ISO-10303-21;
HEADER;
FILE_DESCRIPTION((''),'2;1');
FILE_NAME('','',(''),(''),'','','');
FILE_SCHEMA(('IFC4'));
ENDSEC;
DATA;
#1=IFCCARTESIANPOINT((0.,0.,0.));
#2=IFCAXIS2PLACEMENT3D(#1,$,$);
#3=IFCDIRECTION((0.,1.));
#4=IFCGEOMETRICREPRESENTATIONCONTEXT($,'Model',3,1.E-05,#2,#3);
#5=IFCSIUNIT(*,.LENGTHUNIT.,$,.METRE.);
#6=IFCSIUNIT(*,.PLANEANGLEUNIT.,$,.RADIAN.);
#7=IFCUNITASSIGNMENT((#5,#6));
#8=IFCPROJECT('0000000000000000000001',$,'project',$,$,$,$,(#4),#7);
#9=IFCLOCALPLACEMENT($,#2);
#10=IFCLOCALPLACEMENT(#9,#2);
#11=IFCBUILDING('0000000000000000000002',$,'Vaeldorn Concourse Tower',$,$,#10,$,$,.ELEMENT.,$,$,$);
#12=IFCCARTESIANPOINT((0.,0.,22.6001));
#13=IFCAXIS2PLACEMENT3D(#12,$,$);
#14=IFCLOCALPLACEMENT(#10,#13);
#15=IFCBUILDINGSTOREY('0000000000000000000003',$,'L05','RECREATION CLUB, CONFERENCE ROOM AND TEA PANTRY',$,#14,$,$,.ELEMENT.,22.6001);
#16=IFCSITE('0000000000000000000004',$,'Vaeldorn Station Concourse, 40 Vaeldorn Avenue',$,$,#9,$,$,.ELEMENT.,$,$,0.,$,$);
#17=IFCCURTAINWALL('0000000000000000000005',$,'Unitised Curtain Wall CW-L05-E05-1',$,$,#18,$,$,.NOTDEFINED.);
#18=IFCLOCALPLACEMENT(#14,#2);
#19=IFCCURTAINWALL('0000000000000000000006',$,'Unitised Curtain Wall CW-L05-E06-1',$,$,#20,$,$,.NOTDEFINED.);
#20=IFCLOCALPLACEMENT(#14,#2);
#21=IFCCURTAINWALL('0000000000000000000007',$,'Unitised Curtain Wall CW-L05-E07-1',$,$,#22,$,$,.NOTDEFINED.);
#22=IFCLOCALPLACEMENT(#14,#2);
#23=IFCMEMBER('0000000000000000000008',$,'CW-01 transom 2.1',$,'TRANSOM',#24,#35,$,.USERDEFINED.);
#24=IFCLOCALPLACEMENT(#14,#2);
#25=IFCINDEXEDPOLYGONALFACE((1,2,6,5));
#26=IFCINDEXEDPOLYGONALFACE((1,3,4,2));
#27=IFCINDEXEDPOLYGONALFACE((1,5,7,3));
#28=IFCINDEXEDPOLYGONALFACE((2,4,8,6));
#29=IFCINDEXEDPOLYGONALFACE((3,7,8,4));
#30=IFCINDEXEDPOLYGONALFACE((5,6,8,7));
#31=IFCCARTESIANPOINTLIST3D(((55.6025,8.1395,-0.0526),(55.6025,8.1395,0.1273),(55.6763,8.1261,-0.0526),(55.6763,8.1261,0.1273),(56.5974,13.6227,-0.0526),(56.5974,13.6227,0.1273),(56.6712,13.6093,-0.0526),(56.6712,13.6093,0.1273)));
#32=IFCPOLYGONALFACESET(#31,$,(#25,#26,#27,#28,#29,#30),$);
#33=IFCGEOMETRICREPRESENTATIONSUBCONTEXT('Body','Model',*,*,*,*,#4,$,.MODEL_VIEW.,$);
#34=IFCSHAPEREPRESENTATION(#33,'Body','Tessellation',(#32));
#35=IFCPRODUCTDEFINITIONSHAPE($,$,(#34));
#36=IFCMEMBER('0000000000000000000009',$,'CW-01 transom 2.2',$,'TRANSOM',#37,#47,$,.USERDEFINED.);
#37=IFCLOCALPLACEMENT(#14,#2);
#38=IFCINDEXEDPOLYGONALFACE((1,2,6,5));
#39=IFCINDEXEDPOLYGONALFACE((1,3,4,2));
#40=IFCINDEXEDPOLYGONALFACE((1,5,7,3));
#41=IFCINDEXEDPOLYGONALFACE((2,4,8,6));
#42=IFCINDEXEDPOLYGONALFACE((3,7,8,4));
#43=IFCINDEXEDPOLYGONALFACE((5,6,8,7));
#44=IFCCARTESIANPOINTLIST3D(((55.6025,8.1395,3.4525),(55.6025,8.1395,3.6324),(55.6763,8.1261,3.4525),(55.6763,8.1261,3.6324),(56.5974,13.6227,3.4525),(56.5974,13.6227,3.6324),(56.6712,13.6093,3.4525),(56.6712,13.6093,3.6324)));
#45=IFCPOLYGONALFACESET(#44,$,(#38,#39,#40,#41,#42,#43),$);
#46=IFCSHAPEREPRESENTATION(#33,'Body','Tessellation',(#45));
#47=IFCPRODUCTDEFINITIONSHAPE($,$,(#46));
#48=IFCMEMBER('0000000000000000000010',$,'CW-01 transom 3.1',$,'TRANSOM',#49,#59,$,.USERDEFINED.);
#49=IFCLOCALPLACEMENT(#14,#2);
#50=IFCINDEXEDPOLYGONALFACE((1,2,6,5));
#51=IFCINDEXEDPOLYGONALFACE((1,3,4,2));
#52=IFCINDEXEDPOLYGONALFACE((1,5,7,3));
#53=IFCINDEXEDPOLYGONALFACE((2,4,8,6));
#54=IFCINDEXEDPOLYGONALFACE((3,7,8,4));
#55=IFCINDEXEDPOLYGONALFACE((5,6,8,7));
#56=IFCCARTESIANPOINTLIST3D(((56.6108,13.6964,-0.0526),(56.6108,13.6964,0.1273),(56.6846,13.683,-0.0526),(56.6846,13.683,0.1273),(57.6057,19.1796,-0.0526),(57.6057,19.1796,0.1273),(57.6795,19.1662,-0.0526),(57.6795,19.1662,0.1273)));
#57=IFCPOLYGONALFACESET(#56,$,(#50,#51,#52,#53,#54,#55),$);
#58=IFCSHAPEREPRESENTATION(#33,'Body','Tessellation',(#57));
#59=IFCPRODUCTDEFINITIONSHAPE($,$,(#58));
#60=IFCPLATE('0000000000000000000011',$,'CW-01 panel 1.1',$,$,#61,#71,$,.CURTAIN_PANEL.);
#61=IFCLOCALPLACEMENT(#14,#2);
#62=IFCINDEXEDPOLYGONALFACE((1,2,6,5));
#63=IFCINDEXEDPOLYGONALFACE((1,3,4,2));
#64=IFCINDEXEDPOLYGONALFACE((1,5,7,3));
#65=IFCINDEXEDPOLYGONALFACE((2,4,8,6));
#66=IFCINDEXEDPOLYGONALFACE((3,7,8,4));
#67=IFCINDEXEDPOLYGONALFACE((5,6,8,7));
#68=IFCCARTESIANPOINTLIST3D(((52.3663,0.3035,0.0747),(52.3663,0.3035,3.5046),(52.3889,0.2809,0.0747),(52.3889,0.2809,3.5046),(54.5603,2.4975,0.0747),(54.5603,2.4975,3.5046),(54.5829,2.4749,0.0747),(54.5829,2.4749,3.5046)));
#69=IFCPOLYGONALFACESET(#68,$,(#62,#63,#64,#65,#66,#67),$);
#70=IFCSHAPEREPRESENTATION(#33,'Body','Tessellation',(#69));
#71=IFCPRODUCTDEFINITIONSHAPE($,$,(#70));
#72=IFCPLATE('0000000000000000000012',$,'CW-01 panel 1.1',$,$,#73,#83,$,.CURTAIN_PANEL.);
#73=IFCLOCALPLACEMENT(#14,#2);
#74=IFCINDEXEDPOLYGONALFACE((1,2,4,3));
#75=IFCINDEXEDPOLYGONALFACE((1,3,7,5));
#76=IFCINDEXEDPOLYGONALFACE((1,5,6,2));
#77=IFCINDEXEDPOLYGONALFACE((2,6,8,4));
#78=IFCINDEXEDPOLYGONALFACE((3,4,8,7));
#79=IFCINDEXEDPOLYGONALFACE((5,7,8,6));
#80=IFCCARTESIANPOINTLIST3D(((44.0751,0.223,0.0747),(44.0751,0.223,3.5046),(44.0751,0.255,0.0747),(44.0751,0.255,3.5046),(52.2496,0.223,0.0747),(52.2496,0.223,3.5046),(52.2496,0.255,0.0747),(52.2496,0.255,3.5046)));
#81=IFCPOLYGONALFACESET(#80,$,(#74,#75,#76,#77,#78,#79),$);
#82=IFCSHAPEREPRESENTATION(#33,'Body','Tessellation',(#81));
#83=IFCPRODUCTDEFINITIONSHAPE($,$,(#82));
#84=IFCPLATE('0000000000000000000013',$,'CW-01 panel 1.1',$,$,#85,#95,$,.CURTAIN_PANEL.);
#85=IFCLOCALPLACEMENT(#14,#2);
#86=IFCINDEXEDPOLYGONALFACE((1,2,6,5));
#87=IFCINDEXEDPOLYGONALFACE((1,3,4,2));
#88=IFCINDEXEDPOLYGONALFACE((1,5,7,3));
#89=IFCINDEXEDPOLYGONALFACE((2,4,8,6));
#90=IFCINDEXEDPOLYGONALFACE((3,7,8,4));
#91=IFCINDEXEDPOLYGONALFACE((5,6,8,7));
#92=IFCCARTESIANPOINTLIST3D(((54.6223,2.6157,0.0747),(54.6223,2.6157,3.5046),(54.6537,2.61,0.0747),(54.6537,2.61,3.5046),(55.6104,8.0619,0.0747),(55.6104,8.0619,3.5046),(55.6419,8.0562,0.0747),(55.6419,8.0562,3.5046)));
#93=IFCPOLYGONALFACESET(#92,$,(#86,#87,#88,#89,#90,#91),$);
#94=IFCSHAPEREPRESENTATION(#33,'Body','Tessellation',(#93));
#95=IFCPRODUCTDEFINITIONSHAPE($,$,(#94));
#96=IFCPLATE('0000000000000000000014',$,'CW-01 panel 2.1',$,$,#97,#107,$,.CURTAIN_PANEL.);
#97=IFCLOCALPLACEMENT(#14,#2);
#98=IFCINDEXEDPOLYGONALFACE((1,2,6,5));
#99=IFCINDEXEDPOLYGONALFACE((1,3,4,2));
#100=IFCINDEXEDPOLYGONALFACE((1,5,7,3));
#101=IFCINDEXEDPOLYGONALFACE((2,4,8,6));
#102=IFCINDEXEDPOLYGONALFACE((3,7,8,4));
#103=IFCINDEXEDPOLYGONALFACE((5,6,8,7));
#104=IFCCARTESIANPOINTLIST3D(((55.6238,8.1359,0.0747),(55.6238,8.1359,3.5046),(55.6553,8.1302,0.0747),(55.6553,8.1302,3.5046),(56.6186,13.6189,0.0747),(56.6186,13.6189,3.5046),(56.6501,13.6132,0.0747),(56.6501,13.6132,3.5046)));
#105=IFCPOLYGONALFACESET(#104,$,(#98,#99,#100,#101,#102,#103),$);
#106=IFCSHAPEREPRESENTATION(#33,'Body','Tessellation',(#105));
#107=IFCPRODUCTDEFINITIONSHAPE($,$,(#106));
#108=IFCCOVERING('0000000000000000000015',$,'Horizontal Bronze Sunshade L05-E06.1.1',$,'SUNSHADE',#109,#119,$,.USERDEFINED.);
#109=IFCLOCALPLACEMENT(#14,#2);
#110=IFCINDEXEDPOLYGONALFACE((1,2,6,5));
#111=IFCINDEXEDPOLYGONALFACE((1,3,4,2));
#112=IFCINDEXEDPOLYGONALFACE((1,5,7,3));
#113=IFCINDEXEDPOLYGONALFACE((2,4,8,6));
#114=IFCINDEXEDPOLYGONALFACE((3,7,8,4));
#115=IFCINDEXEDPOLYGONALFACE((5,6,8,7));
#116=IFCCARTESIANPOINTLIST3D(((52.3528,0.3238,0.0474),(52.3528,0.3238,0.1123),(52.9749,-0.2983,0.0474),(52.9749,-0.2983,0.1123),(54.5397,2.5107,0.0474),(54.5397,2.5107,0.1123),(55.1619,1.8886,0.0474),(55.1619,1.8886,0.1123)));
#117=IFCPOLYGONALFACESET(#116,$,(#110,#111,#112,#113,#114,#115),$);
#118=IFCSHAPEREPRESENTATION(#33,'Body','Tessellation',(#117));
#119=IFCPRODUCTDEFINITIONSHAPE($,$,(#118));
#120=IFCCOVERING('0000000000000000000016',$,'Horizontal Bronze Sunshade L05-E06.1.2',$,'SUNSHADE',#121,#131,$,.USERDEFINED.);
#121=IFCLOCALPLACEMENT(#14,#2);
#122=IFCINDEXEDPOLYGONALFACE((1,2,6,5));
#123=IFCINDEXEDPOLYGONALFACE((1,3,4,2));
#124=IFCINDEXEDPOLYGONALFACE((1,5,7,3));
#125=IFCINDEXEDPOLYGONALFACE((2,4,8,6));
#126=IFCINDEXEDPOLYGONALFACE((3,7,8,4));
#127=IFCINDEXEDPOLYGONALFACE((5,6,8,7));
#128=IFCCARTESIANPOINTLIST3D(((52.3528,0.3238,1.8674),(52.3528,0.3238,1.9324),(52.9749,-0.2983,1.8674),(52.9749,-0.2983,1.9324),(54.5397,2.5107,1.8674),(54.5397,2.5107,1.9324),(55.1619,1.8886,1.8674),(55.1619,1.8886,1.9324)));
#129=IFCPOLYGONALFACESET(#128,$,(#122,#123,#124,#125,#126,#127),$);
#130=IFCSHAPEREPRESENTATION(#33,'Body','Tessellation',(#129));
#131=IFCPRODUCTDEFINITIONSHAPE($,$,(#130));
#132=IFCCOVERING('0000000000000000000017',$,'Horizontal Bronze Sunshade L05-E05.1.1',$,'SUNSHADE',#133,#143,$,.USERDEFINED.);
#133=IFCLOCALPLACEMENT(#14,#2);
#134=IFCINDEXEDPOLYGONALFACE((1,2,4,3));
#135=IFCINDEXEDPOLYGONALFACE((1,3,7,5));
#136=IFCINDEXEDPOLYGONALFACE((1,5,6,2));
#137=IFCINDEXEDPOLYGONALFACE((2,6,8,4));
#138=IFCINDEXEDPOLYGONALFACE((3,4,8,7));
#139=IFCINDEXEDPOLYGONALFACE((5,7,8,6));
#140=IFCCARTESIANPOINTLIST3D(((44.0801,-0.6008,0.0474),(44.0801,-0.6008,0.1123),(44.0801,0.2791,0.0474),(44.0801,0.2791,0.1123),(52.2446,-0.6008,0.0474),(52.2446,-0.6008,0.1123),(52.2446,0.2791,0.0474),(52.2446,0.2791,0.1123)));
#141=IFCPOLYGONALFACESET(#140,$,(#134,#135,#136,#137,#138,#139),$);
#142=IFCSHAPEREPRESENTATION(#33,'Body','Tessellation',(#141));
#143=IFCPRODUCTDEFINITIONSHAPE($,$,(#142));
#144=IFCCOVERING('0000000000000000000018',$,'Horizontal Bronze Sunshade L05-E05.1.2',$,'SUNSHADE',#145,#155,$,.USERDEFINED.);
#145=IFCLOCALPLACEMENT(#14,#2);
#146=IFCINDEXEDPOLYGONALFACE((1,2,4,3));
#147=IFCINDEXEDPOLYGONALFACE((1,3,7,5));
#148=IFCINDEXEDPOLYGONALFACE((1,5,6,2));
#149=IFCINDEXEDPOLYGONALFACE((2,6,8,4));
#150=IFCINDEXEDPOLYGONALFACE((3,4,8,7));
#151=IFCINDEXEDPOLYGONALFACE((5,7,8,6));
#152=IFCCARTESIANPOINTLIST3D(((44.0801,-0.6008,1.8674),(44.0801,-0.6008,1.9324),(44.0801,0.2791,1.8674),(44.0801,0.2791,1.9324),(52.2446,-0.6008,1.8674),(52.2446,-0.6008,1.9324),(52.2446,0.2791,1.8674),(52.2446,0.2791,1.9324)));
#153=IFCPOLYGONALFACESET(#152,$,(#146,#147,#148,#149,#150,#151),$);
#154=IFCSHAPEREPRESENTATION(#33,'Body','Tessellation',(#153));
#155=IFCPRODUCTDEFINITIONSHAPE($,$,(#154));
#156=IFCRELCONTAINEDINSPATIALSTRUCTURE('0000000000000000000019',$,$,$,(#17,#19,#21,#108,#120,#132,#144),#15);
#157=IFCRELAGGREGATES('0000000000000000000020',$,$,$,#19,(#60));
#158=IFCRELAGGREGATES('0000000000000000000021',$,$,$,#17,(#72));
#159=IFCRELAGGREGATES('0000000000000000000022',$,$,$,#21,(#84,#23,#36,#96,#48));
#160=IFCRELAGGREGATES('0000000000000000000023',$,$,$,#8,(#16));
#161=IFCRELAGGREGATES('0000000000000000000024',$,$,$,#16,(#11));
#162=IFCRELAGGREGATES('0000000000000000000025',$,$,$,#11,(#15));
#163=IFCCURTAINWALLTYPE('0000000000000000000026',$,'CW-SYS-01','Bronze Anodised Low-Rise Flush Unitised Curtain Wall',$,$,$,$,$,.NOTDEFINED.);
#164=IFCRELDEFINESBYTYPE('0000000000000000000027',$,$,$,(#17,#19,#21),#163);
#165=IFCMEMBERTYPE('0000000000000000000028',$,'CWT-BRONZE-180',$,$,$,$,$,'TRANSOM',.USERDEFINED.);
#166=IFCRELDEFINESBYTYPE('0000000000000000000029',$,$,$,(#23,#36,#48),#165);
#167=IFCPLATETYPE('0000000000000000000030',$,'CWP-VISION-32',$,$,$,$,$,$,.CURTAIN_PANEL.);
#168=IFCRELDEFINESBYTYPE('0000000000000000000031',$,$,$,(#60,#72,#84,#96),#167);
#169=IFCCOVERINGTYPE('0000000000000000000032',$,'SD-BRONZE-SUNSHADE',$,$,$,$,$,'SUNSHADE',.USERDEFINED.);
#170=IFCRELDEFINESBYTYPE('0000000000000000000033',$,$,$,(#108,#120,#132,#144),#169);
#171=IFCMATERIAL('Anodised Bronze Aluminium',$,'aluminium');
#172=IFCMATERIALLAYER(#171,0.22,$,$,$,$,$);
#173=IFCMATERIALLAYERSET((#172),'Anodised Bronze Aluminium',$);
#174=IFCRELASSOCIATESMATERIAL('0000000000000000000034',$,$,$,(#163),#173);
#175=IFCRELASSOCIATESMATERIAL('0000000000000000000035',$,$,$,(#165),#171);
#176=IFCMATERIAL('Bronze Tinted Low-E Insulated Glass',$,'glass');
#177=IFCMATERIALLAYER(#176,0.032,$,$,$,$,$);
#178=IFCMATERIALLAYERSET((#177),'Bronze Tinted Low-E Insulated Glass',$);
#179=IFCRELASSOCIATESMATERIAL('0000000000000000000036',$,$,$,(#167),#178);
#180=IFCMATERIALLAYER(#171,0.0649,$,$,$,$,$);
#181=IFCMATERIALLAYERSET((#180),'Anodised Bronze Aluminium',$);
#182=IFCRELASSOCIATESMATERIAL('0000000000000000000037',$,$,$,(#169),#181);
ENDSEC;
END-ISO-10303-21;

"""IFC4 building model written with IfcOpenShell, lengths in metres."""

from ifc_helpers import new_model, si_unit, direction, frame, origin, origin_2d, place, context, subcontext, project, spatial, rectangle, extrude, source, transform, mapped, material, layer, layer_set, material_profile, profile_set, type_object, element, aggregate, save


model = new_model("IFC4")

# Units and contexts
model_context = context("Model", 3, precision=1e-05, world=origin(), true_north=direction((0.0, 1.0)))
body_context = subcontext(model_context, "Body", "Model", "MODEL_VIEW")
ifc_project = project(units=[si_unit("LENGTHUNIT", "METRE"), si_unit("PLANEANGLEUNIT", "RADIAN")], contexts=[model_context])

# Site, building, storey
site_placement = place(None, origin())
site = spatial("IfcSite", under=ifc_project, at=site_placement, Name="Vaeldorn Station Concourse, 40 Vaeldorn Avenue", CompositionType="ELEMENT", RefElevation=0.0)
building_placement = place(site_placement, origin())
building = spatial("IfcBuilding", under=site, at=building_placement, Name="Vaeldorn Concourse Tower", CompositionType="ELEMENT")
storey_placement = place(building_placement, frame((0.0, 0.0, 22.6001)))
storey = spatial("IfcBuildingStorey", under=building, at=storey_placement, Name="L05", Description="RECREATION CLUB, CONFERENCE ROOM AND TEA PANTRY", CompositionType="ELEMENT", Elevation=22.6001)

# Curtain wall
ifc_material_1 = material(Name="Anodised Bronze Aluminium", Category="aluminium")
ifc_layer_1 = layer(ifc_material_1, 0.22)
ifc_layer_set_1 = layer_set([ifc_layer_1], Name="Anodised Bronze Aluminium")
curtain_wall_type = type_object("IfcCurtainWallType", Name="CW-SYS-01", Description="Bronze Anodised Low-Rise Flush Unitised Curtain Wall", PredefinedType="NOTDEFINED", material=ifc_layer_set_1)
curtain_wall_1_placement = place(storey_placement, origin())
curtain_wall_1 = element("IfcCurtainWall", 1, at=curtain_wall_1_placement, inside=storey, type_object=curtain_wall_type, Name="Unitised Curtain Wall CW-L05-E05-1", PredefinedType="NOTDEFINED")

# Curtain walls
curtain_wall_2_placement = place(storey_placement, origin())
curtain_wall_2 = element("IfcCurtainWall", 2, at=curtain_wall_2_placement, inside=storey, type_object=curtain_wall_type, Name="Unitised Curtain Wall CW-L05-E06-1", PredefinedType="NOTDEFINED")
curtain_wall_3_placement = place(storey_placement, origin())
curtain_wall_3 = element("IfcCurtainWall", 3, at=curtain_wall_3_placement, inside=storey, type_object=curtain_wall_type, Name="Unitised Curtain Wall CW-L05-E07-1", PredefinedType="NOTDEFINED")

# Members
ifc_material_profile_1 = material_profile(ifc_material_1, rectangle(XDim=0.075, YDim=0.1799, at=origin_2d()), Name="CWT 75x180")
ifc_profile_set_1 = profile_set([ifc_material_profile_1], Name="Anodised Bronze Aluminium")
member_type_1 = type_object("IfcMemberType", Name="CWT-BRONZE-180", ElementType="TRANSOM", PredefinedType="USERDEFINED", material=ifc_profile_set_1)
shared_shape_1 = source(origin(), body_context, "Body", "SweptSolid", [
    extrude(rectangle(XDim=0.075, YDim=0.1799, at=origin_2d()), origin(), (0.0, 0.0, 1.0), 5.5728),
])
member_1_placement = place(storey_placement, frame((55.6394, 8.1328, 0.0374), z_axis=(0.178527, 0.983935, 0.0), x_axis=(-0.983935, 0.178527, 0.0)))
member_1 = element("IfcMember", 4, at=member_1_placement, type_object=member_type_1, Name="CW-01 transom 2.1", ObjectType="TRANSOM", PredefinedType="USERDEFINED", context=body_context, shape_type="MappedRepresentation", body=[
    mapped(shared_shape_1, transform((0.0, 0.0, 0.0), scale=1.0)),
])
member_2_placement = place(storey_placement, frame((55.6394, 8.1328, 3.5425), z_axis=(0.178527, 0.983935, 0.0), x_axis=(-0.983935, 0.178527, 0.0)))
member_2 = element("IfcMember", 5, at=member_2_placement, type_object=member_type_1, Name="CW-01 transom 2.2", ObjectType="TRANSOM", PredefinedType="USERDEFINED", context=body_context, shape_type="MappedRepresentation", body=[
    mapped(shared_shape_1, transform((0.0, 0.0, 0.0), scale=1.0)),
])
member_3_placement = place(storey_placement, frame((56.6477, 13.6897, 0.0374), z_axis=(0.178527, 0.983935, 0.0), x_axis=(-0.983935, 0.178527, 0.0)))
member_3 = element("IfcMember", 6, at=member_3_placement, type_object=member_type_1, Name="CW-01 transom 3.1", ObjectType="TRANSOM", PredefinedType="USERDEFINED", context=body_context, shape_type="MappedRepresentation", body=[
    mapped(shared_shape_1, transform((0.0, 0.0, 0.0), scale=1.0)),
])

# Plates
ifc_material_2 = material(Name="Bronze Tinted Low-E Insulated Glass", Category="glass")
ifc_layer_2 = layer(ifc_material_2, 0.032)
ifc_layer_set_2 = layer_set([ifc_layer_2], Name="Bronze Tinted Low-E Insulated Glass")
plate_type = type_object("IfcPlateType", Name="CWP-VISION-32", PredefinedType="CURTAIN_PANEL", material=ifc_layer_set_2)
shared_shape_2 = source(origin(), body_context, "Body", "SweptSolid", [
    extrude(rectangle(XDim=3.1028, YDim=0.032, at=origin_2d()), origin(), (0.0, 0.0, 1.0), 3.4299),
])
plate_1_placement = place(storey_placement, frame((53.4746, 1.3892, 0.0747), z_axis=(0.0, 0.0, 1.0), x_axis=(0.707107, 0.707107, 0.0)))
plate_1 = element("IfcPlate", 7, at=plate_1_placement, type_object=plate_type, Name="CW-01 panel 1.1", PredefinedType="CURTAIN_PANEL", context=body_context, shape_type="MappedRepresentation", body=[
    mapped(shared_shape_2, transform((0.0, 0.0, 0.0), scale=1.0)),
])
aggregate(curtain_wall_2, [plate_1])
shared_shape_3 = source(origin(), body_context, "Body", "SweptSolid", [
    extrude(rectangle(XDim=8.1746, YDim=0.032, at=origin_2d()), origin(), (0.0, 0.0, 1.0), 3.4299),
])
plate_2_placement = place(storey_placement, frame((48.1624, 0.239, 0.0747), z_axis=(0.0, 0.0, 1.0), x_axis=(1.0, 0.0, 0.0)))
plate_2 = element("IfcPlate", 8, at=plate_2_placement, type_object=plate_type, Name="CW-01 panel 1.1", PredefinedType="CURTAIN_PANEL", context=body_context, shape_type="MappedRepresentation", body=[
    mapped(shared_shape_3, transform((0.0, 0.0, 0.0), scale=1.0)),
])
aggregate(curtain_wall_1, [plate_2])
shared_shape_4 = source(origin(), body_context, "Body", "SweptSolid", [
    extrude(rectangle(XDim=5.5352, YDim=0.032, at=origin_2d()), origin(), (0.0, 0.0, 1.0), 3.4299),
])
plate_3_placement = place(storey_placement, frame((55.1321, 5.3359, 0.0747), z_axis=(0.0, 0.0, 1.0), x_axis=(0.178526, 0.983935, 0.0)))
plate_3 = element("IfcPlate", 9, at=plate_3_placement, type_object=plate_type, Name="CW-01 panel 1.1", PredefinedType="CURTAIN_PANEL", context=body_context, shape_type="MappedRepresentation", body=[
    mapped(shared_shape_4, transform((0.0, 0.0, 0.0), scale=1.0)),
])
shared_shape_5 = source(origin(), body_context, "Body", "SweptSolid", [
    extrude(rectangle(XDim=5.5725, YDim=0.032, at=origin_2d()), origin(), (0.0, 0.0, 1.0), 3.4299),
])
plate_4_placement = place(storey_placement, frame((56.137, 10.8745, 0.0747), z_axis=(0.0, 0.0, 1.0), x_axis=(0.178526, 0.983935, 0.0)))
plate_4 = element("IfcPlate", 10, at=plate_4_placement, type_object=plate_type, Name="CW-01 panel 2.1", PredefinedType="CURTAIN_PANEL", context=body_context, shape_type="MappedRepresentation", body=[
    mapped(shared_shape_5, transform((0.0, 0.0, 0.0), scale=1.0)),
])
aggregate(curtain_wall_3, [plate_3, member_1, member_2, plate_4, member_3])

# Coverings
ifc_layer_3 = layer(ifc_material_1, 0.0649)
ifc_layer_set_3 = layer_set([ifc_layer_3], Name="Anodised Bronze Aluminium")
covering_type = type_object("IfcCoveringType", Name="SD-BRONZE-SUNSHADE", ElementType="SUNSHADE", PredefinedType="USERDEFINED", material=ifc_layer_set_3)
shared_shape_6 = source(origin(), body_context, "Body", "SweptSolid", [
    extrude(rectangle(XDim=3.0928, YDim=0.8799, at=origin_2d()), origin(), (0.0, 0.0, 1.0), 0.0649),
])
for number, where, z_axis, x_axis, name in (
    (11, (53.7573, 1.1062, 0.0474), (0.0, 0.0, 1.0), (0.707107, 0.707107, 0.0), "Horizontal Bronze Sunshade L05-E06.1.1"),
    (12, (53.7573, 1.1062, 1.8674), (0.0, 0.0, 1.0), (0.707107, 0.707107, 0.0), "Horizontal Bronze Sunshade L05-E06.1.2"),
):
    element("IfcCovering", number, at=place(storey_placement, frame(where, z_axis=z_axis, x_axis=x_axis)), inside=storey, type_object=covering_type, Name=name, ObjectType="SUNSHADE", PredefinedType="USERDEFINED", context=body_context, shape_type="MappedRepresentation", body=[
        mapped(shared_shape_6, transform((0.0, 0.0, 0.0), scale=1.0)),
    ])
shared_shape_7 = source(origin(), body_context, "Body", "SweptSolid", [
    extrude(rectangle(XDim=8.1646, YDim=0.8799, at=origin_2d()), origin(), (0.0, 0.0, 1.0), 0.0649),
])
for number, where, z_axis, x_axis, name in (
    (13, (48.1624, -0.1609, 0.0474), (0.0, 0.0, 1.0), (1.0, 0.0, 0.0), "Horizontal Bronze Sunshade L05-E05.1.1"),
    (14, (48.1624, -0.1609, 1.8674), (0.0, 0.0, 1.0), (1.0, 0.0, 0.0), "Horizontal Bronze Sunshade L05-E05.1.2"),
):
    element("IfcCovering", number, at=place(storey_placement, frame(where, z_axis=z_axis, x_axis=x_axis)), inside=storey, type_object=covering_type, Name=name, ObjectType="SUNSHADE", PredefinedType="USERDEFINED", context=body_context, shape_type="MappedRepresentation", body=[
        mapped(shared_shape_7, transform((0.0, 0.0, 0.0), scale=1.0)),
    ])

save(model, "model.ifc")
